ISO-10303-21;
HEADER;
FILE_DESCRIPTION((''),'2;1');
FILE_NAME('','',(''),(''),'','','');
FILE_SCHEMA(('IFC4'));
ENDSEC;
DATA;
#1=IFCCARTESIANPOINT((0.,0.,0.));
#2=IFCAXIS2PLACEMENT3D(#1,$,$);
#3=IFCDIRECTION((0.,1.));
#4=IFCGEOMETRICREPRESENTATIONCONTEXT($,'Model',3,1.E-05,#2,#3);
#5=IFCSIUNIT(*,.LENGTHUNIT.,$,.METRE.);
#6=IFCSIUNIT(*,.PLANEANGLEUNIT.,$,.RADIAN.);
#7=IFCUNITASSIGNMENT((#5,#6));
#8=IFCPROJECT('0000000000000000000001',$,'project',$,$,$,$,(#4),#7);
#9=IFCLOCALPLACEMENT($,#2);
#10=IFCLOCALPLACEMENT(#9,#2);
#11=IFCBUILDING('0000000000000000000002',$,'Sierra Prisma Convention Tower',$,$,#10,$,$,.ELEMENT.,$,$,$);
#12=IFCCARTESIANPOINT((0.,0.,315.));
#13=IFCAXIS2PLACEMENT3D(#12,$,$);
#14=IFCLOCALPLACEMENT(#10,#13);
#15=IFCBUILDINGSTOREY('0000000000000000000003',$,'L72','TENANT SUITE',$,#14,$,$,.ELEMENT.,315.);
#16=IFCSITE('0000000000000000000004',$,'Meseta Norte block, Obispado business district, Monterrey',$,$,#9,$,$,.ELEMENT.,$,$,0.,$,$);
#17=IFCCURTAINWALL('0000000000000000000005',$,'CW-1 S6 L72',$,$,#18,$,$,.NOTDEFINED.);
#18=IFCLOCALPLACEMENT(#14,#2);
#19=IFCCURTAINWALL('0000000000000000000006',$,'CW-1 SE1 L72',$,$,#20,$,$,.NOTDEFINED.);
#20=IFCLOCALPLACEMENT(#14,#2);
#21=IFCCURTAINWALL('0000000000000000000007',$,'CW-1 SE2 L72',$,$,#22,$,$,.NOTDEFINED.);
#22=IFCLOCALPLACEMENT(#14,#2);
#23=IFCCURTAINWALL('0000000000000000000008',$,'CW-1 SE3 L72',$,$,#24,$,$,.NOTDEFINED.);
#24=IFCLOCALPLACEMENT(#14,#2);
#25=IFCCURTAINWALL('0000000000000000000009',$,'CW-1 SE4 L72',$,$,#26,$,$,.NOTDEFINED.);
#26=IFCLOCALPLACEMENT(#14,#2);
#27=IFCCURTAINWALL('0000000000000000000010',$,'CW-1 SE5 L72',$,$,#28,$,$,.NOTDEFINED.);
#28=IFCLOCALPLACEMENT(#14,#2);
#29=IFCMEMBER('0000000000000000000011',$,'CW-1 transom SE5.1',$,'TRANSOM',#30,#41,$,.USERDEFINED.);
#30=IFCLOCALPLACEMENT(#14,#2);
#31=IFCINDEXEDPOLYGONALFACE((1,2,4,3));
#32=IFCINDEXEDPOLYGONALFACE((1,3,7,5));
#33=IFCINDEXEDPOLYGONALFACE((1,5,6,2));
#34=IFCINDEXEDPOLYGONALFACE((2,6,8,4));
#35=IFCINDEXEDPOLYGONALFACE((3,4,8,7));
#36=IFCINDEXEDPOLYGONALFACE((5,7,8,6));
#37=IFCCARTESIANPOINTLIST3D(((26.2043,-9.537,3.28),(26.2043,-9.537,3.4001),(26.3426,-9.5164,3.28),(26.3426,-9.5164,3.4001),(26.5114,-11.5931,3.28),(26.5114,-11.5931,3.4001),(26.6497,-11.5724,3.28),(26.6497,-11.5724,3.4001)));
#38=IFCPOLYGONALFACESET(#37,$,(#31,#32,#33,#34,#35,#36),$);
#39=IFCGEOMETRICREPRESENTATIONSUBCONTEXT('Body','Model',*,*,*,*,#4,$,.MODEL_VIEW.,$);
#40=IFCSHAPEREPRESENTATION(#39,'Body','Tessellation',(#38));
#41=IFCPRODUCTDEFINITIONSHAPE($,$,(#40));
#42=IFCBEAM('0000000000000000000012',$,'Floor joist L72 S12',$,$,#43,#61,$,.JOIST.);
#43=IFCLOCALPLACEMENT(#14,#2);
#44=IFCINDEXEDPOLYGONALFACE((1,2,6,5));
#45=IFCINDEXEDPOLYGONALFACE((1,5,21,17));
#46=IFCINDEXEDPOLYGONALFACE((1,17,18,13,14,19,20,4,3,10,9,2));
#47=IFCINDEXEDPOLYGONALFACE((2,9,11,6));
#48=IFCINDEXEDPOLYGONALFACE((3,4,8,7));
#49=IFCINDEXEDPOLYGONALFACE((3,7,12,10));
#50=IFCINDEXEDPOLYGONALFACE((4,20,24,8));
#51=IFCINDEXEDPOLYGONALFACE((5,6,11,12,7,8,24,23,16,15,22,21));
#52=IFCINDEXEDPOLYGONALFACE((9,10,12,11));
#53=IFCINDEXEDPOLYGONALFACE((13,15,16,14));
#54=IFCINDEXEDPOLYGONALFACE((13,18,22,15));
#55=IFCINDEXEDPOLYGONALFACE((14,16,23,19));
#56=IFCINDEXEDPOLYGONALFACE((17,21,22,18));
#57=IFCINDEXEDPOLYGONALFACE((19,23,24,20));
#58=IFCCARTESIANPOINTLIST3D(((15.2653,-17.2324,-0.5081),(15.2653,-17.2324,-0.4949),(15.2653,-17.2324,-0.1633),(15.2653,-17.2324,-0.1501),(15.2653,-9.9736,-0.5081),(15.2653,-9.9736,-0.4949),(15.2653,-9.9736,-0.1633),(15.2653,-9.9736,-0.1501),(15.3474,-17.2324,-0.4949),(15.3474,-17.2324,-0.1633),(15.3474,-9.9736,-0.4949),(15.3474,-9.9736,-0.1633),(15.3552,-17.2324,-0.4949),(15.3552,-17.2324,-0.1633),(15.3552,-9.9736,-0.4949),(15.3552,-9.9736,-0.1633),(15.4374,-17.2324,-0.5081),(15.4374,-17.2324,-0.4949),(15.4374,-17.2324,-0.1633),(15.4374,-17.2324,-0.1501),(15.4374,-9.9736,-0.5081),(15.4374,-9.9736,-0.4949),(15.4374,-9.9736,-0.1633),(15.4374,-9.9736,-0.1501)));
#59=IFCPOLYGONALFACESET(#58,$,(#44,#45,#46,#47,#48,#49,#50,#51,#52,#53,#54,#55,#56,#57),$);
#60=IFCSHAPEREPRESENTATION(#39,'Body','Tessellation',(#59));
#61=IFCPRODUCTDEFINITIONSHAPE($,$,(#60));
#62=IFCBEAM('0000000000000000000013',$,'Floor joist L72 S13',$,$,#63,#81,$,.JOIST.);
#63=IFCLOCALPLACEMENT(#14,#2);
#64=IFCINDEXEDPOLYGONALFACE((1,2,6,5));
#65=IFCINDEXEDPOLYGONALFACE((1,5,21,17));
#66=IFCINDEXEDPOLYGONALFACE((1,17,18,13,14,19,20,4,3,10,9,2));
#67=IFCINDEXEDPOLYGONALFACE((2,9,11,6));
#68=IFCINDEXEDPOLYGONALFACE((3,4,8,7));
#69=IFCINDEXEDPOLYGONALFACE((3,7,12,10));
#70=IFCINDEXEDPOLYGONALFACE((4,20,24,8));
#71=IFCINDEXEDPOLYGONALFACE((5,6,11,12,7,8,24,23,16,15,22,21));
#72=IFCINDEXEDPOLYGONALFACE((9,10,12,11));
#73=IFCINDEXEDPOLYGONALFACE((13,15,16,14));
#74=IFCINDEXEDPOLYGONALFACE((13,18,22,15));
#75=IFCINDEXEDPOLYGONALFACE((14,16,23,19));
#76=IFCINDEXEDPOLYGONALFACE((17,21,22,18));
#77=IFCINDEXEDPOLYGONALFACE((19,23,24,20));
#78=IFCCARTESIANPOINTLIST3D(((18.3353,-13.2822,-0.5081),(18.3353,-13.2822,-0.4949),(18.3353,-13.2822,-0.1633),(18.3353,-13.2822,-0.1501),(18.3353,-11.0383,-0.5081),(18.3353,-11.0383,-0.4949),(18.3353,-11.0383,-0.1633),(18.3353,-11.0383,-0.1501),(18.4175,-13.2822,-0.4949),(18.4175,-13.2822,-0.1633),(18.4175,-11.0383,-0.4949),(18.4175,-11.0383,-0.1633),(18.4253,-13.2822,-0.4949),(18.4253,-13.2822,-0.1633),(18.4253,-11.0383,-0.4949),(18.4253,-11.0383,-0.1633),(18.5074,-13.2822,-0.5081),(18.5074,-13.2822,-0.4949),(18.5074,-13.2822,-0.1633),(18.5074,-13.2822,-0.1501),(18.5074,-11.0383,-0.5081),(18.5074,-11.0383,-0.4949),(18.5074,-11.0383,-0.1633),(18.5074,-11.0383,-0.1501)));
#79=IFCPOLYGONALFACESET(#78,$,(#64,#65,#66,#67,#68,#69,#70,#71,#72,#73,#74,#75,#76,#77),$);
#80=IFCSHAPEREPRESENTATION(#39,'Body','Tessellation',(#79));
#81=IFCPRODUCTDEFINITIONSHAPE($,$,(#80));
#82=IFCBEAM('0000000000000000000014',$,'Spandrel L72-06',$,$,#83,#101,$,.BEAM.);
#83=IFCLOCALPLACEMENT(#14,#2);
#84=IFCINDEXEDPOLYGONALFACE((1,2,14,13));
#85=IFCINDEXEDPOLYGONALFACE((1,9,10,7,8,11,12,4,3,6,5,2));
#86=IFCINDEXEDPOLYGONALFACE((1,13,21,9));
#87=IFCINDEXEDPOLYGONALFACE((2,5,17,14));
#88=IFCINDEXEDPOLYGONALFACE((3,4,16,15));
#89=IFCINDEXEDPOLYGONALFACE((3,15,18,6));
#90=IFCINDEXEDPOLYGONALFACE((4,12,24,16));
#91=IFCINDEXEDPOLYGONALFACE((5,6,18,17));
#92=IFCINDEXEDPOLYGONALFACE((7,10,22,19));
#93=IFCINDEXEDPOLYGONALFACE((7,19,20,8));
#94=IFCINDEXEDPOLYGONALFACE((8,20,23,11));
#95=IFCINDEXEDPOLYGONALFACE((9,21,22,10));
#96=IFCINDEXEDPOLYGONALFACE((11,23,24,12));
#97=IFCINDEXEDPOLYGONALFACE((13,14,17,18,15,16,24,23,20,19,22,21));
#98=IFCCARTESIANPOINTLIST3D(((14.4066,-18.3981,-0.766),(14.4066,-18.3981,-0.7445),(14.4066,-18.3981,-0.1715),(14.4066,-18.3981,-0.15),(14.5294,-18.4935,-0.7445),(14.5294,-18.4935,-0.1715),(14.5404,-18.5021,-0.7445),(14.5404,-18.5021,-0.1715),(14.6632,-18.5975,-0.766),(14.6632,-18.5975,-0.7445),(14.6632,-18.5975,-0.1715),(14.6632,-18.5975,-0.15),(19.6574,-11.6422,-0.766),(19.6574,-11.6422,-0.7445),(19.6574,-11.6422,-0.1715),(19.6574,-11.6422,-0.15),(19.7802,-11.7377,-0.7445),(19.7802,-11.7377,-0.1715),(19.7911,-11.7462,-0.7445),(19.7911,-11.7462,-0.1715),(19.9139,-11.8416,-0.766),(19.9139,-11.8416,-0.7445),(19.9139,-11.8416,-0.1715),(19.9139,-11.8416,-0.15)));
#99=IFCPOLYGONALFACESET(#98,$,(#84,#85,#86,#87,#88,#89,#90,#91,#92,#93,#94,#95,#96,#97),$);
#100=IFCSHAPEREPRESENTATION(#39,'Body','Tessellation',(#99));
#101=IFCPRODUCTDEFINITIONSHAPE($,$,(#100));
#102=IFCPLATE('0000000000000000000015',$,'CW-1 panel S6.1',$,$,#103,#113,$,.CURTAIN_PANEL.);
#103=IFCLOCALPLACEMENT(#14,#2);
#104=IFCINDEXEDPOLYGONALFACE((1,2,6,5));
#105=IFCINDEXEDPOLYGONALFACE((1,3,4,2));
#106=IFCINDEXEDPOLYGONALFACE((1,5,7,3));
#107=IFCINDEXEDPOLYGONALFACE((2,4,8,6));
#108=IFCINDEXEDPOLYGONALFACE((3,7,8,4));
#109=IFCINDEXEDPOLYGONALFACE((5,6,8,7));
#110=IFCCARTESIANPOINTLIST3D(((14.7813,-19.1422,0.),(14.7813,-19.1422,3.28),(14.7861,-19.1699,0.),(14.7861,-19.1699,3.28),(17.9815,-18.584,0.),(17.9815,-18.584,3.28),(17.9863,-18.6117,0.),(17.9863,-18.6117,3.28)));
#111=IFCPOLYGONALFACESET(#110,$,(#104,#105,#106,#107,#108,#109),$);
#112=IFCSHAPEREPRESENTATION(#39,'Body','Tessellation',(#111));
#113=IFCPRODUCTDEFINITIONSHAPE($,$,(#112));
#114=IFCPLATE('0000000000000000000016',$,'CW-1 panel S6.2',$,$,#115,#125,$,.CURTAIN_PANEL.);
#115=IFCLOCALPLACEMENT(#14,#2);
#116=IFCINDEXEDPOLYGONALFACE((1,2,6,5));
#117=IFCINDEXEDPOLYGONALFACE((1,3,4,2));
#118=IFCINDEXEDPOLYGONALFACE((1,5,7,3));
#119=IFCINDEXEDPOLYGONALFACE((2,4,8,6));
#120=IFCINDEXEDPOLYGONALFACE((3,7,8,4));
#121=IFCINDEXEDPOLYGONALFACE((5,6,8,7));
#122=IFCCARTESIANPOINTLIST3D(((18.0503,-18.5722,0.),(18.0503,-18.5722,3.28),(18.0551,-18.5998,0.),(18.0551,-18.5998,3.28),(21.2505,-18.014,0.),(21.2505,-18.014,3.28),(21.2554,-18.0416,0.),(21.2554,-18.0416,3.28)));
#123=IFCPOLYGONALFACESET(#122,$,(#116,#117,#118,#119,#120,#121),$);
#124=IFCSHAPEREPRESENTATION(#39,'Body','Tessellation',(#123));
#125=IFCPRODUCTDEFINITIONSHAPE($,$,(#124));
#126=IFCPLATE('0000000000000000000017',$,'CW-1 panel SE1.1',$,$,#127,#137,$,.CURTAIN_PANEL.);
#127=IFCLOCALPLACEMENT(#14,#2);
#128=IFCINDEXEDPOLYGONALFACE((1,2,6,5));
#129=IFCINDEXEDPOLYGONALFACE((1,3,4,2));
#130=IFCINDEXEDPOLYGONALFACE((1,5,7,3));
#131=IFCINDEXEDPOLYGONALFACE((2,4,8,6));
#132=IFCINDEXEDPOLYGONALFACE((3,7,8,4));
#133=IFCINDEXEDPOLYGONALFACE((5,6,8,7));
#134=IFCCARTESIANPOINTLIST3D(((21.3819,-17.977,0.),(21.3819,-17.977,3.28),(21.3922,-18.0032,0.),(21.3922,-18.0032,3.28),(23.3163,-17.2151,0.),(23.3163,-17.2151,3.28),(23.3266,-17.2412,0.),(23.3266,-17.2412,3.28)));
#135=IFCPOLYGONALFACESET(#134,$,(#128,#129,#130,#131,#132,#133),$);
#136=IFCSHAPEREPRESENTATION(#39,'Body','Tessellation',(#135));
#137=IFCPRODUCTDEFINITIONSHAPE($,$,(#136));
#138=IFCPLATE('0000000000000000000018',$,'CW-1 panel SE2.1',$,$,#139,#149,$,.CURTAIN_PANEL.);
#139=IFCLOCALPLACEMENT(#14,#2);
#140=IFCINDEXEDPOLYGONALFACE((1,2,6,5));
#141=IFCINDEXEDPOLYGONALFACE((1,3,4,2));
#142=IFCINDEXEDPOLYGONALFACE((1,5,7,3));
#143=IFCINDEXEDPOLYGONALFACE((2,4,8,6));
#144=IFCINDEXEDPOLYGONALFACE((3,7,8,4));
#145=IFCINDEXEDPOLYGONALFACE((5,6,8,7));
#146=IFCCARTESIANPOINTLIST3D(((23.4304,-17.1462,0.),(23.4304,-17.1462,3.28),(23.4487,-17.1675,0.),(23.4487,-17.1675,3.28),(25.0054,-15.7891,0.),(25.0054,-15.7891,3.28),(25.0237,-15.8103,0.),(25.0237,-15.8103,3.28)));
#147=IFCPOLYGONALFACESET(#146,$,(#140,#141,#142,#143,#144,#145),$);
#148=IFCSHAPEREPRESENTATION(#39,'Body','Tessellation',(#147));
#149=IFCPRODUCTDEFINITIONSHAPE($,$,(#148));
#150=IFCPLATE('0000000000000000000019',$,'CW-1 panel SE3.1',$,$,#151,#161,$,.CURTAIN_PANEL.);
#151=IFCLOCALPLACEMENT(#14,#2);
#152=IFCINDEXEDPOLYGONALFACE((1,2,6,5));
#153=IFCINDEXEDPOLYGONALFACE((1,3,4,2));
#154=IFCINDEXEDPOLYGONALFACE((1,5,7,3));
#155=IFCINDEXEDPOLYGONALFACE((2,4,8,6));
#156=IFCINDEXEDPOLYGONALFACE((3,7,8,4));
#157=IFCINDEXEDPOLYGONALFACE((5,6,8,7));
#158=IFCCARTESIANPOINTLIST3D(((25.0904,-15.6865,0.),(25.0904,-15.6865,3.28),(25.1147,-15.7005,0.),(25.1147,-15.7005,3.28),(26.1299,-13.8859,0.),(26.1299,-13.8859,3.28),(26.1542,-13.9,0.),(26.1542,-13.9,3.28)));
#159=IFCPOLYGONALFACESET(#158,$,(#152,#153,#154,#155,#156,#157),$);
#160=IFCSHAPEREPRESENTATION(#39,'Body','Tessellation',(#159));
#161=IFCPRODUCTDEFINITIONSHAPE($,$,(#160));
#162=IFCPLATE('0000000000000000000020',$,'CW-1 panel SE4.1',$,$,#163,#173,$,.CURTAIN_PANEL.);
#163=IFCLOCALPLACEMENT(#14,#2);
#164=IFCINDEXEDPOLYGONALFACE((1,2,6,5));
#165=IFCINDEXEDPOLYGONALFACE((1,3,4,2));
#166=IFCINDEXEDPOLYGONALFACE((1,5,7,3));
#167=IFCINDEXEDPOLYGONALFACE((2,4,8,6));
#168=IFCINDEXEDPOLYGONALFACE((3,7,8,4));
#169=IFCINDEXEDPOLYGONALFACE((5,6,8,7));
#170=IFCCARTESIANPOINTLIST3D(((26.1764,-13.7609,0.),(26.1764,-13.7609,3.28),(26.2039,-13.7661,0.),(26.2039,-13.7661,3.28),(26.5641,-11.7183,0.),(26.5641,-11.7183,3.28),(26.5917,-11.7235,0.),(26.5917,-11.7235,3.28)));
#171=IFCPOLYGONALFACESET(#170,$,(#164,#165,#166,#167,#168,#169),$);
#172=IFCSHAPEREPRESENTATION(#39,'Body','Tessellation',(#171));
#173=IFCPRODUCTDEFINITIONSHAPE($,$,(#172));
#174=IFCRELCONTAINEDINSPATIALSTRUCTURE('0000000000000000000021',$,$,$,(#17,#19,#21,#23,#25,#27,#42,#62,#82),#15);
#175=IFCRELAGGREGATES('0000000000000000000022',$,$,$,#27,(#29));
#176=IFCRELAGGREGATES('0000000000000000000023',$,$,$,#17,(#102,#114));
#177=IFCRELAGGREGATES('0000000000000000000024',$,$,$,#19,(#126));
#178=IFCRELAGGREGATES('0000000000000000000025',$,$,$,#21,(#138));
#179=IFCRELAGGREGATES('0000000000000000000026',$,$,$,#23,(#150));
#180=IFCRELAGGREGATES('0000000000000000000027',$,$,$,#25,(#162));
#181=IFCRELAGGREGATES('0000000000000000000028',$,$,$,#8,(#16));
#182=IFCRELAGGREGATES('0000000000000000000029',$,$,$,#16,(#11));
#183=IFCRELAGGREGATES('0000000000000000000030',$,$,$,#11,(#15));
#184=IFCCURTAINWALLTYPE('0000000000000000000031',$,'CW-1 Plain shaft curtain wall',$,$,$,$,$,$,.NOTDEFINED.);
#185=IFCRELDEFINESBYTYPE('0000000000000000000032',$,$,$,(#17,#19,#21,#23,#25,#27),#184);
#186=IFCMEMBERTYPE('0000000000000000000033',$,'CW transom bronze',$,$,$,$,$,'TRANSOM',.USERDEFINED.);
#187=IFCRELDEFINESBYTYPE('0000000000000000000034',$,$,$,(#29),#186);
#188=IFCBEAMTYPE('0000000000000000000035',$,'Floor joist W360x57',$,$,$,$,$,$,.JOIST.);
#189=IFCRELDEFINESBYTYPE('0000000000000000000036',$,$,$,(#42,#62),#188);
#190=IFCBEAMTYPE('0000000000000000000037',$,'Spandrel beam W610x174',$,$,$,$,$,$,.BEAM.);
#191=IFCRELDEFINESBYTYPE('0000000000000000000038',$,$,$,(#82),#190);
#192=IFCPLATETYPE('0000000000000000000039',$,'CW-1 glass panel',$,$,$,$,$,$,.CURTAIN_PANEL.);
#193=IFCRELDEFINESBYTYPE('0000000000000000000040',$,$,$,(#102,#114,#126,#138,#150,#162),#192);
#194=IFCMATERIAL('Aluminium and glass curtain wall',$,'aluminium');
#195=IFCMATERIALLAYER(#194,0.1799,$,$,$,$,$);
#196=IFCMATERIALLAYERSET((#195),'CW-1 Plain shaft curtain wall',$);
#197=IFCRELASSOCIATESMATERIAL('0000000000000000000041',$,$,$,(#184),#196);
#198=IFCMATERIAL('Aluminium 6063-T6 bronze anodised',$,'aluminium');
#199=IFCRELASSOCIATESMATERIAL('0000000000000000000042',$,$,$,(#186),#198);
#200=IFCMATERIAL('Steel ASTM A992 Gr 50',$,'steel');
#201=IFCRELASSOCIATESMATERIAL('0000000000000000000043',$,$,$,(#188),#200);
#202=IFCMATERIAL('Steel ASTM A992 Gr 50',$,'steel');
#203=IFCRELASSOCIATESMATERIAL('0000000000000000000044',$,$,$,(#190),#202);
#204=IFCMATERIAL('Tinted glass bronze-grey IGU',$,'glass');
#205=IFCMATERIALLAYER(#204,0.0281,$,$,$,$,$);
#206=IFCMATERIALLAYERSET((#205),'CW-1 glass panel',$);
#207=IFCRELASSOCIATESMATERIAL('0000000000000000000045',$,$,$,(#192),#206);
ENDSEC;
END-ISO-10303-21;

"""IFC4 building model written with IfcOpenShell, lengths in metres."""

from ifc_helpers import new_model, si_unit, direction, frame, origin, origin_2d, place, context, subcontext, project, spatial, rectangle, i_section, extrude, material, layer, layer_set, material_profile, profile_set, type_object, element, aggregate, save


model = new_model("IFC4")

# Units and contexts
model_context = context("Model", 3, precision=1e-05, world=origin(), true_north=direction((0.0, 1.0)))
body_context = subcontext(model_context, "Body", "Model", "MODEL_VIEW")
ifc_project = project(units=[si_unit("LENGTHUNIT", "METRE"), si_unit("PLANEANGLEUNIT", "RADIAN")], contexts=[model_context])

# Site, building, storey
site_placement = place(None, origin())
site = spatial("IfcSite", under=ifc_project, at=site_placement, Name="Meseta Norte block, Obispado business district, Monterrey", CompositionType="ELEMENT", RefElevation=0.0)
building_placement = place(site_placement, origin())
building = spatial("IfcBuilding", under=site, at=building_placement, Name="Sierra Prisma Convention Tower", CompositionType="ELEMENT")
storey_placement = place(building_placement, frame((0.0, 0.0, 315.0)))
storey = spatial("IfcBuildingStorey", under=building, at=storey_placement, Name="L72", Description="TENANT SUITE", CompositionType="ELEMENT", Elevation=315.0)

# Curtain walls
ifc_material_1 = material(Name="Aluminium and glass curtain wall", Category="aluminium")
ifc_layer_1 = layer(ifc_material_1, 0.1799)
ifc_layer_set_1 = layer_set([ifc_layer_1], Name="CW-1 Plain shaft curtain wall")
curtain_wall_type = type_object("IfcCurtainWallType", Name="CW-1 Plain shaft curtain wall", PredefinedType="NOTDEFINED", material=ifc_layer_set_1)
curtain_wall_1_placement = place(storey_placement, origin())
curtain_wall_1 = element("IfcCurtainWall", 1, at=curtain_wall_1_placement, inside=storey, type_object=curtain_wall_type, Name="CW-1 S6 L72", PredefinedType="NOTDEFINED")
curtain_wall_2_placement = place(storey_placement, origin())
curtain_wall_2 = element("IfcCurtainWall", 2, at=curtain_wall_2_placement, inside=storey, type_object=curtain_wall_type, Name="CW-1 SE1 L72", PredefinedType="NOTDEFINED")
curtain_wall_3_placement = place(storey_placement, origin())
curtain_wall_3 = element("IfcCurtainWall", 3, at=curtain_wall_3_placement, inside=storey, type_object=curtain_wall_type, Name="CW-1 SE2 L72", PredefinedType="NOTDEFINED")
curtain_wall_4_placement = place(storey_placement, origin())
curtain_wall_4 = element("IfcCurtainWall", 4, at=curtain_wall_4_placement, inside=storey, type_object=curtain_wall_type, Name="CW-1 SE3 L72", PredefinedType="NOTDEFINED")
curtain_wall_5_placement = place(storey_placement, origin())
curtain_wall_5 = element("IfcCurtainWall", 5, at=curtain_wall_5_placement, inside=storey, type_object=curtain_wall_type, Name="CW-1 SE4 L72", PredefinedType="NOTDEFINED")
curtain_wall_6_placement = place(storey_placement, origin())
curtain_wall_6 = element("IfcCurtainWall", 6, at=curtain_wall_6_placement, inside=storey, type_object=curtain_wall_type, Name="CW-1 SE5 L72", PredefinedType="NOTDEFINED")

# Member
ifc_material_2 = material(Name="Aluminium 6063-T6 bronze anodised", Category="aluminium")
ifc_material_profile_1 = material_profile(ifc_material_2, rectangle(XDim=0.1399, YDim=0.1201, at=origin_2d()), Name="ALU TRANSOM 120x140")
ifc_profile_set_1 = profile_set([ifc_material_profile_1], Name="Aluminium 6063-T6 bronze anodised")
member_type_1 = type_object("IfcMemberType", Name="CW transom bronze", ElementType="TRANSOM", PredefinedType="USERDEFINED", material=ifc_profile_set_1)
member_1_placement = place(storey_placement, frame((26.5806, -11.5828, 3.3401), z_axis=(-0.147732, 0.989027, 0.0), x_axis=(-0.989027, -0.147732, 0.0)))
member_1 = element("IfcMember", 7, at=member_1_placement, type_object=member_type_1, Name="CW-1 transom SE5.1", ObjectType="TRANSOM", PredefinedType="USERDEFINED", context=body_context, shape_type="SweptSolid", body=[
    extrude(rectangle(XDim=0.1399, YDim=0.1201, at=origin_2d()), origin(), (0.0, 0.0, 1.0), 2.0789),
])
aggregate(curtain_wall_6, [member_1])

# Beams
ifc_material_3 = material(Name="Steel ASTM A992 Gr 50", Category="steel")
ifc_material_profile_2 = material_profile(ifc_material_3, i_section(OverallWidth=0.1721, OverallDepth=0.3579, WebThickness=0.0078, FlangeThickness=0.0132, at=origin_2d()), Name="W360x57")
ifc_profile_set_2 = profile_set([ifc_material_profile_2], Name="Steel ASTM A992 Gr 50")
beam_type_1 = type_object("IfcBeamType", Name="Floor joist W360x57", PredefinedType="JOIST", material=ifc_profile_set_2)
beam_1_placement = place(storey_placement, frame((15.3513, -17.2324, -0.3291), z_axis=(0.0, 1.0, 0.0), x_axis=(-1.0, 0.0, 0.0)))
element("IfcBeam", 8, at=beam_1_placement, inside=storey, type_object=beam_type_1, Name="Floor joist L72 S12", PredefinedType="JOIST", context=body_context, shape_type="SweptSolid", body=[
    extrude(i_section(OverallWidth=0.1721, OverallDepth=0.3579, WebThickness=0.0078, FlangeThickness=0.0132, at=origin_2d()), origin(), (0.0, 0.0, 1.0), 7.2588),
])
beam_2_placement = place(storey_placement, frame((18.4214, -13.2822, -0.3291), z_axis=(0.0, 1.0, 0.0), x_axis=(-1.0, 0.0, 0.0)))
element("IfcBeam", 9, at=beam_2_placement, inside=storey, type_object=beam_type_1, Name="Floor joist L72 S13", PredefinedType="JOIST", context=body_context, shape_type="SweptSolid", body=[
    extrude(i_section(OverallWidth=0.1721, OverallDepth=0.3579, WebThickness=0.0078, FlangeThickness=0.0132, at=origin_2d()), origin(), (0.0, 0.0, 1.0), 2.2439),
])
ifc_material_4 = material(Name="Steel ASTM A992 Gr 50", Category="steel")
ifc_material_profile_3 = material_profile(ifc_material_4, i_section(OverallWidth=0.325, OverallDepth=0.616, WebThickness=0.0139, FlangeThickness=0.0215, at=origin_2d()), Name="W610x174")
ifc_profile_set_3 = profile_set([ifc_material_profile_3], Name="Steel ASTM A992 Gr 50")
beam_type_2 = type_object("IfcBeamType", Name="Spandrel beam W610x174", PredefinedType="BEAM", material=ifc_profile_set_3)
beam_3_placement = place(storey_placement, frame((14.5349, -18.4978, -0.458), z_axis=(0.613662, 0.789569, 0.0), x_axis=(-0.789569, 0.613662, 0.0)))
element("IfcBeam", 10, at=beam_3_placement, inside=storey, type_object=beam_type_2, Name="Spandrel L72-06", PredefinedType="BEAM", context=body_context, shape_type="SweptSolid", body=[
    extrude(i_section(OverallWidth=0.325, OverallDepth=0.616, WebThickness=0.0139, FlangeThickness=0.0215, at=origin_2d()), origin(), (0.0, 0.0, 1.0), 8.5564),
])

# Plates
ifc_material_5 = material(Name="Tinted glass bronze-grey IGU", Category="glass")
ifc_layer_2 = layer(ifc_material_5, 0.0281)
ifc_layer_set_2 = layer_set([ifc_layer_2], Name="CW-1 glass panel")
plate_type = type_object("IfcPlateType", Name="CW-1 glass panel", PredefinedType="CURTAIN_PANEL", material=ifc_layer_set_2)
plate_1_placement = place(storey_placement, frame((16.3838, -18.877, 0.0), z_axis=(0.0, 0.0, 1.0), x_axis=(0.985126, 0.171832, 0.0)))
plate_1 = element("IfcPlate", 11, at=plate_1_placement, type_object=plate_type, Name="CW-1 panel S6.1", PredefinedType="CURTAIN_PANEL", context=body_context, shape_type="SweptSolid", body=[
    extrude(rectangle(XDim=3.2485, YDim=0.0281, at=origin_2d()), origin(), (0.0, 0.0, 1.0), 3.28),
])
plate_2_placement = place(storey_placement, frame((19.6528, -18.3069, 0.0), z_axis=(0.0, 0.0, 1.0), x_axis=(0.985126, 0.171832, 0.0)))
plate_2 = element("IfcPlate", 12, at=plate_2_placement, type_object=plate_type, Name="CW-1 panel S6.2", PredefinedType="CURTAIN_PANEL", context=body_context, shape_type="SweptSolid", body=[
    extrude(rectangle(XDim=3.2485, YDim=0.0281, at=origin_2d()), origin(), (0.0, 0.0, 1.0), 3.28),
])
aggregate(curtain_wall_1, [plate_1, plate_2])
plate_3_placement = place(storey_placement, frame((22.3542, -17.6091, 0.0), z_axis=(0.0, 0.0, 1.0), x_axis=(0.930427, 0.366478, 0.0)))
plate_3 = element("IfcPlate", 13, at=plate_3_placement, type_object=plate_type, Name="CW-1 panel SE1.1", PredefinedType="CURTAIN_PANEL", context=body_context, shape_type="SweptSolid", body=[
    extrude(rectangle(XDim=2.0791, YDim=0.0281, at=origin_2d()), origin(), (0.0, 0.0, 1.0), 3.28),
])
aggregate(curtain_wall_2, [plate_3])
plate_4_placement = place(storey_placement, frame((24.2271, -16.4783, 0.0), z_axis=(0.0, 0.0, 1.0), x_axis=(0.757573, 0.65275, 0.0)))
plate_4 = element("IfcPlate", 14, at=plate_4_placement, type_object=plate_type, Name="CW-1 panel SE2.1", PredefinedType="CURTAIN_PANEL", context=body_context, shape_type="SweptSolid", body=[
    extrude(rectangle(XDim=2.0791, YDim=0.0281, at=origin_2d()), origin(), (0.0, 0.0, 1.0), 3.28),
])
aggregate(curtain_wall_3, [plate_4])
plate_5_placement = place(storey_placement, frame((25.6223, -14.7932, 0.0), z_axis=(0.0, 0.0, 1.0), x_axis=(0.5, 0.866025, 0.0)))
plate_5 = element("IfcPlate", 15, at=plate_5_placement, type_object=plate_type, Name="CW-1 panel SE3.1", PredefinedType="CURTAIN_PANEL", context=body_context, shape_type="SweptSolid", body=[
    extrude(rectangle(XDim=2.0791, YDim=0.0281, at=origin_2d()), origin(), (0.0, 0.0, 1.0), 3.28),
])
aggregate(curtain_wall_4, [plate_5])
plate_6_placement = place(storey_placement, frame((26.384, -12.7422, 0.0), z_axis=(0.0, 0.0, 1.0), x_axis=(0.186512, 0.982453, 0.0)))
plate_6 = element("IfcPlate", 16, at=plate_6_placement, type_object=plate_type, Name="CW-1 panel SE4.1", PredefinedType="CURTAIN_PANEL", context=body_context, shape_type="SweptSolid", body=[
    extrude(rectangle(XDim=2.0791, YDim=0.0281, at=origin_2d()), origin(), (0.0, 0.0, 1.0), 3.28),
])
aggregate(curtain_wall_5, [plate_6])

save(model, "model.ifc")
